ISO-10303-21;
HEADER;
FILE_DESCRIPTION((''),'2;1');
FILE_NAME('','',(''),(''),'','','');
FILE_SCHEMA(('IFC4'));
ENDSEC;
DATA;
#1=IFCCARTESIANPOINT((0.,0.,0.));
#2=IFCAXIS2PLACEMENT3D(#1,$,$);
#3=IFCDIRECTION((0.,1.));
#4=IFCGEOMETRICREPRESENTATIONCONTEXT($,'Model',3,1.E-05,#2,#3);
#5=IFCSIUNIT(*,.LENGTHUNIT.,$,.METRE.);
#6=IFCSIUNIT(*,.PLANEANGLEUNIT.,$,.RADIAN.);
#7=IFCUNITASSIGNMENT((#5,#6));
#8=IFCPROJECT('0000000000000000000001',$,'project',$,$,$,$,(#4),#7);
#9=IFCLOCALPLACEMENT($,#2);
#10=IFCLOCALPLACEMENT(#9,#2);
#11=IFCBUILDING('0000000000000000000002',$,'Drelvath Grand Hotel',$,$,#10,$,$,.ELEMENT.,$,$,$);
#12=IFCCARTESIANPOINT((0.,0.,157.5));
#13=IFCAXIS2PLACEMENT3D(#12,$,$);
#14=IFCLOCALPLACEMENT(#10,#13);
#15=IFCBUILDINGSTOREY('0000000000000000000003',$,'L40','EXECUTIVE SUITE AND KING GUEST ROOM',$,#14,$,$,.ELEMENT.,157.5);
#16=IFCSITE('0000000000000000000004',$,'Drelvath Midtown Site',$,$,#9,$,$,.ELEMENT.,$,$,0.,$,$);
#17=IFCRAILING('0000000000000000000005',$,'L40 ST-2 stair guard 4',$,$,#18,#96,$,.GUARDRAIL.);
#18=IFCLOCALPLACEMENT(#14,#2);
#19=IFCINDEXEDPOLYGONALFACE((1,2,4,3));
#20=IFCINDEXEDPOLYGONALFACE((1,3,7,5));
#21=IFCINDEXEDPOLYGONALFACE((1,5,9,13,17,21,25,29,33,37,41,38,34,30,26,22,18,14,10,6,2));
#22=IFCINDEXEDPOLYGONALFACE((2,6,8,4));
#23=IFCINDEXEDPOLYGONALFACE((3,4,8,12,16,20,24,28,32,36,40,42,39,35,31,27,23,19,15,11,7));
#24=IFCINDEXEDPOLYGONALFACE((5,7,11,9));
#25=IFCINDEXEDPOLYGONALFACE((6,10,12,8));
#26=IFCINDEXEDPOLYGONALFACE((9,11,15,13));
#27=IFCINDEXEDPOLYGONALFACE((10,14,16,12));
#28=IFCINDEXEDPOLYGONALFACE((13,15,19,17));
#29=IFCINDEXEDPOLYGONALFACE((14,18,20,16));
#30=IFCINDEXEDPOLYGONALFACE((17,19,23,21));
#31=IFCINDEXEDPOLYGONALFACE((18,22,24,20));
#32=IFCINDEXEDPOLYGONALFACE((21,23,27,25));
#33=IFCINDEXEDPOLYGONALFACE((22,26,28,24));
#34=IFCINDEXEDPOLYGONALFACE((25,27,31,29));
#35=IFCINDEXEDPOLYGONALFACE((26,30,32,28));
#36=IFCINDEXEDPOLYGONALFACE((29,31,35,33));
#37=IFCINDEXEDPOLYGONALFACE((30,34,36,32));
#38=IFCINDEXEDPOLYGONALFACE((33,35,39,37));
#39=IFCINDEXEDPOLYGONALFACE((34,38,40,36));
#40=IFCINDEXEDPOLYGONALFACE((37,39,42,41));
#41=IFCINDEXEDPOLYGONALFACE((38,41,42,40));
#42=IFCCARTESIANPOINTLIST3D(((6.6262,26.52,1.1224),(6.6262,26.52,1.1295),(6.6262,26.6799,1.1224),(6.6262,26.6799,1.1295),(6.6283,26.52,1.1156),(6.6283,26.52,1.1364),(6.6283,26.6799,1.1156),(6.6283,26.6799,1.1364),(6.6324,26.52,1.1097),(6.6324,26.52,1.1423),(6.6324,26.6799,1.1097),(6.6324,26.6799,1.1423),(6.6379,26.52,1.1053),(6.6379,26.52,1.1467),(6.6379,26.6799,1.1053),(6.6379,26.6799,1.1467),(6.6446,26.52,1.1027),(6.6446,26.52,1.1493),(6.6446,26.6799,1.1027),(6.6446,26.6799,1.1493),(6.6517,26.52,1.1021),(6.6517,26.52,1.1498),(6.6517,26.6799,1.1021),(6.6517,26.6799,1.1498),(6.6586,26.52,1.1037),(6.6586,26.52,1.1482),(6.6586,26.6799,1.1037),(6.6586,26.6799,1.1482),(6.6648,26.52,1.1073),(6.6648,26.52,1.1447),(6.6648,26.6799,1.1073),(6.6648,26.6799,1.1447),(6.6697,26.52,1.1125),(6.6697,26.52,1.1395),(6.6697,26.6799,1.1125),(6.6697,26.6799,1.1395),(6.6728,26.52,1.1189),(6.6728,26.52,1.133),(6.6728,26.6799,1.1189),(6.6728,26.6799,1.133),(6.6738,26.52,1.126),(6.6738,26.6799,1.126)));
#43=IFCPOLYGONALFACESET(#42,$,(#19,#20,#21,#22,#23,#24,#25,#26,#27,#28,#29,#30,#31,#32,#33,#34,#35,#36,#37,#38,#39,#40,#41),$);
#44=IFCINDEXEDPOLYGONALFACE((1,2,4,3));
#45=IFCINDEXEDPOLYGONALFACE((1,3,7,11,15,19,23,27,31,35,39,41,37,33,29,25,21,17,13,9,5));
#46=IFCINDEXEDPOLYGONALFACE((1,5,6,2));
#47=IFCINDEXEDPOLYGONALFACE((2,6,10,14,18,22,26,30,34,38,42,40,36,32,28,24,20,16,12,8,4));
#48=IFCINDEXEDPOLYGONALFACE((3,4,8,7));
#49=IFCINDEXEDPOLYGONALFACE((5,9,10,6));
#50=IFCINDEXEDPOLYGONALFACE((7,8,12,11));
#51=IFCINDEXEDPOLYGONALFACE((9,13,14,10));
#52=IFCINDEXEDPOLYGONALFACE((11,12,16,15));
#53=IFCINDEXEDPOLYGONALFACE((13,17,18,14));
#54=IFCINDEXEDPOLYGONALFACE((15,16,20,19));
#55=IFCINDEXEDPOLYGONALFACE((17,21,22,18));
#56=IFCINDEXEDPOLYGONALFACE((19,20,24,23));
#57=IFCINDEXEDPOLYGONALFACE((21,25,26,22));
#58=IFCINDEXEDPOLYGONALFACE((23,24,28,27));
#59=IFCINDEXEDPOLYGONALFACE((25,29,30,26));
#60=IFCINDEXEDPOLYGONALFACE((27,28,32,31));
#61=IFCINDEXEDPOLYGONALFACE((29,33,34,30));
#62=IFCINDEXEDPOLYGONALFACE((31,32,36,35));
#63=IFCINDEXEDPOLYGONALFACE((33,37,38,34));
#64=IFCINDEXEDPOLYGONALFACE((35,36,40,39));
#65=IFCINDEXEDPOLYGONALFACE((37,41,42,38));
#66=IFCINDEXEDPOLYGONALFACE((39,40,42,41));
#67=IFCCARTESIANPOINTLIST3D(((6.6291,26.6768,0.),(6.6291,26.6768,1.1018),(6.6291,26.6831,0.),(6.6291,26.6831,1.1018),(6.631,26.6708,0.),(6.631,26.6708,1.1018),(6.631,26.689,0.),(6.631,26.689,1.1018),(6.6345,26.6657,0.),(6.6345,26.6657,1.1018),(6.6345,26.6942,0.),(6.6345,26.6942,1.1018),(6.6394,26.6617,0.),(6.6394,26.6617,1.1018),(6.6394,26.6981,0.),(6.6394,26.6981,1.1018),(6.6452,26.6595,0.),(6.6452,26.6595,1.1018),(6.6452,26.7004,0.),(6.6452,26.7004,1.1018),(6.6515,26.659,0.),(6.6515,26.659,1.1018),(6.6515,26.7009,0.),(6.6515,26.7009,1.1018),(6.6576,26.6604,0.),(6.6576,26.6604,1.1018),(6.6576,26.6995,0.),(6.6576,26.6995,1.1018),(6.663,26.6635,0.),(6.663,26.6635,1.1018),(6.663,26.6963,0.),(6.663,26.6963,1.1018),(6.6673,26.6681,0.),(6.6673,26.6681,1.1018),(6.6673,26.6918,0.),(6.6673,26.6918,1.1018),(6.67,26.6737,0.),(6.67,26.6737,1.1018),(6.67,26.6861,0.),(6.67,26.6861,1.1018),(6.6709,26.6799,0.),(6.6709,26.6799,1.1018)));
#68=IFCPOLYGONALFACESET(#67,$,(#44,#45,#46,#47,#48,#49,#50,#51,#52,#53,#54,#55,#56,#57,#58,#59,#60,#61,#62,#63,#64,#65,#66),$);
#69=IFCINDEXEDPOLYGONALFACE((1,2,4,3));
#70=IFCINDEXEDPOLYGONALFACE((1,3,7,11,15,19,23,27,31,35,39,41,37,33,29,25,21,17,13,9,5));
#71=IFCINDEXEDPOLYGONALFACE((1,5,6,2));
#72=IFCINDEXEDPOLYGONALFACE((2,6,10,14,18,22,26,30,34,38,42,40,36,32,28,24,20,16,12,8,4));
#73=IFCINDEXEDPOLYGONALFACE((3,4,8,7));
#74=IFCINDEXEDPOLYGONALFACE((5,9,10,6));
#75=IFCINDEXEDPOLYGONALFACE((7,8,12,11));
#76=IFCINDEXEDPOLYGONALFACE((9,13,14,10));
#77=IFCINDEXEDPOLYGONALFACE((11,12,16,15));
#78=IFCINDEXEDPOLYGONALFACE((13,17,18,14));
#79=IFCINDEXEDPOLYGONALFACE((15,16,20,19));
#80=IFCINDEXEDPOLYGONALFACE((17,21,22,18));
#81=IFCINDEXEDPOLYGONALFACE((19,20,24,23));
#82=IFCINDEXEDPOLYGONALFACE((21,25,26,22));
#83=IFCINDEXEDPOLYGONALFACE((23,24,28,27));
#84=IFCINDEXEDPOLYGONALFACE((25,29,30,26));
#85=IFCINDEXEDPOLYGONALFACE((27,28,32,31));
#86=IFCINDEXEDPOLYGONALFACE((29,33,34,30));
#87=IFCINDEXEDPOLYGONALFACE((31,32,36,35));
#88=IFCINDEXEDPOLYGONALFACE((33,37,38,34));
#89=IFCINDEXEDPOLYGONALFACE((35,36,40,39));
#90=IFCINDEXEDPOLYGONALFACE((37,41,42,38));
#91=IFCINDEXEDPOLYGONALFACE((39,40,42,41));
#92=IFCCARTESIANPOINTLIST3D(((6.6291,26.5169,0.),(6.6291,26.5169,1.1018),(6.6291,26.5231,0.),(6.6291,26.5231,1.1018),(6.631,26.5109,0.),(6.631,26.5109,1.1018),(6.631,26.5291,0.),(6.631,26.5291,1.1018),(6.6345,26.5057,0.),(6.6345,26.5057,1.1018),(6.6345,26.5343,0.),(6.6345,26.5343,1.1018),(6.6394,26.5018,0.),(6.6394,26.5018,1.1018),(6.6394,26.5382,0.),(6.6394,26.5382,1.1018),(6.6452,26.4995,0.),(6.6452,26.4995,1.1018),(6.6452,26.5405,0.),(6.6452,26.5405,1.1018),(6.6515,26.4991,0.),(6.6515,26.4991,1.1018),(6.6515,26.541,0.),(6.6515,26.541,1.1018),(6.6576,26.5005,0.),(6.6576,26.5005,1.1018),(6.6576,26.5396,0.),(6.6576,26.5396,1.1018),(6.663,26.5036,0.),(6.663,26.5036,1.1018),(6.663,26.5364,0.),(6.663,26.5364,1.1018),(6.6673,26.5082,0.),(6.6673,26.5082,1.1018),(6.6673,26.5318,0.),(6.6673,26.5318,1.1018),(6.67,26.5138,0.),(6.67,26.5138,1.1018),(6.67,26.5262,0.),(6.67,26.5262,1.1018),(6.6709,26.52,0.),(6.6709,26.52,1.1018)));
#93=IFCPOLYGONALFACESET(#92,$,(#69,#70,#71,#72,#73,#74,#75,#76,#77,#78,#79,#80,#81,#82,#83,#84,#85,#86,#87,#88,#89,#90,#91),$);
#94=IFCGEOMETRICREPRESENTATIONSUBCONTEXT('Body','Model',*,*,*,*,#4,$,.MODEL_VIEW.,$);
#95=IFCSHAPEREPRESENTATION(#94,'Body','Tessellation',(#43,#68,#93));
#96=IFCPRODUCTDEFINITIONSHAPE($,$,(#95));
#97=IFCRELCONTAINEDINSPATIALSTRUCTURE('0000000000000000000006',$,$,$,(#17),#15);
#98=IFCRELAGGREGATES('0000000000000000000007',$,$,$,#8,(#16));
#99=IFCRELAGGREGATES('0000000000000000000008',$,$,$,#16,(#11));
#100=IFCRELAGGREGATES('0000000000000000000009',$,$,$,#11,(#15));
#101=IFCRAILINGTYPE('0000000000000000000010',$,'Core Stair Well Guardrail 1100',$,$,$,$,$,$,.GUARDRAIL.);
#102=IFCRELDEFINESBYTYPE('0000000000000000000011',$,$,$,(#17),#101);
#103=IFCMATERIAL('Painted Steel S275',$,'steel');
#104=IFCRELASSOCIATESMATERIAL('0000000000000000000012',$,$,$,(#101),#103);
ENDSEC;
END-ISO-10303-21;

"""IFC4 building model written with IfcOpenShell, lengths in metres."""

from ifc_helpers import new_model, si_unit, direction, frame, origin, origin_2d, place, context, subcontext, project, spatial, circle, extrude, material, type_object, element, save


model = new_model("IFC4")

# Units and contexts
model_context = context("Model", 3, precision=1e-05, world=origin(), true_north=direction((0.0, 1.0)))
body_context = subcontext(model_context, "Body", "Model", "MODEL_VIEW")
ifc_project = project(units=[si_unit("LENGTHUNIT", "METRE"), si_unit("PLANEANGLEUNIT", "RADIAN")], contexts=[model_context])

# Site, building, storey
site_placement = place(None, origin())
site = spatial("IfcSite", under=ifc_project, at=site_placement, Name="Drelvath Midtown Site", CompositionType="ELEMENT", RefElevation=0.0)
building_placement = place(site_placement, origin())
building = spatial("IfcBuilding", under=site, at=building_placement, Name="Drelvath Grand Hotel", CompositionType="ELEMENT")
storey_placement = place(building_placement, frame((0.0, 0.0, 157.5)))
storey = spatial("IfcBuildingStorey", under=building, at=storey_placement, Name="L40", Description="EXECUTIVE SUITE AND KING GUEST ROOM", CompositionType="ELEMENT", Elevation=157.5)

# Railing
ifc_material_1 = material(Name="Painted Steel S275", Category="steel")
railing_type_1 = type_object("IfcRailingType", Name="Core Stair Well Guardrail 1100", PredefinedType="GUARDRAIL", material=ifc_material_1)
railing_1_placement = place(storey_placement, frame((6.6499, 26.6799, 0.0)))
element("IfcRailing", 1, at=railing_1_placement, inside=storey, type_object=railing_type_1, Name="L40 ST-2 stair guard 4", PredefinedType="GUARDRAIL", context=body_context, shape_type="SweptSolid", body=[
    extrude(circle(Radius=0.0239, at=origin_2d()), frame((0.0, 0.0, 1.126), z_axis=(0.0, -1.0, 0.0), x_axis=(1.0, 0.0, 0.0)), (0.0, 0.0, 1.0), 0.1599),
    extrude(circle(Radius=0.021, at=origin_2d()), origin(), (0.0, 0.0, 1.0), 1.1018),
    extrude(circle(Radius=0.021, at=origin_2d()), frame((0.0, -0.1599, 0.0)), (0.0, 0.0, 1.0), 1.1018),
])

save(model, "model.ifc")
